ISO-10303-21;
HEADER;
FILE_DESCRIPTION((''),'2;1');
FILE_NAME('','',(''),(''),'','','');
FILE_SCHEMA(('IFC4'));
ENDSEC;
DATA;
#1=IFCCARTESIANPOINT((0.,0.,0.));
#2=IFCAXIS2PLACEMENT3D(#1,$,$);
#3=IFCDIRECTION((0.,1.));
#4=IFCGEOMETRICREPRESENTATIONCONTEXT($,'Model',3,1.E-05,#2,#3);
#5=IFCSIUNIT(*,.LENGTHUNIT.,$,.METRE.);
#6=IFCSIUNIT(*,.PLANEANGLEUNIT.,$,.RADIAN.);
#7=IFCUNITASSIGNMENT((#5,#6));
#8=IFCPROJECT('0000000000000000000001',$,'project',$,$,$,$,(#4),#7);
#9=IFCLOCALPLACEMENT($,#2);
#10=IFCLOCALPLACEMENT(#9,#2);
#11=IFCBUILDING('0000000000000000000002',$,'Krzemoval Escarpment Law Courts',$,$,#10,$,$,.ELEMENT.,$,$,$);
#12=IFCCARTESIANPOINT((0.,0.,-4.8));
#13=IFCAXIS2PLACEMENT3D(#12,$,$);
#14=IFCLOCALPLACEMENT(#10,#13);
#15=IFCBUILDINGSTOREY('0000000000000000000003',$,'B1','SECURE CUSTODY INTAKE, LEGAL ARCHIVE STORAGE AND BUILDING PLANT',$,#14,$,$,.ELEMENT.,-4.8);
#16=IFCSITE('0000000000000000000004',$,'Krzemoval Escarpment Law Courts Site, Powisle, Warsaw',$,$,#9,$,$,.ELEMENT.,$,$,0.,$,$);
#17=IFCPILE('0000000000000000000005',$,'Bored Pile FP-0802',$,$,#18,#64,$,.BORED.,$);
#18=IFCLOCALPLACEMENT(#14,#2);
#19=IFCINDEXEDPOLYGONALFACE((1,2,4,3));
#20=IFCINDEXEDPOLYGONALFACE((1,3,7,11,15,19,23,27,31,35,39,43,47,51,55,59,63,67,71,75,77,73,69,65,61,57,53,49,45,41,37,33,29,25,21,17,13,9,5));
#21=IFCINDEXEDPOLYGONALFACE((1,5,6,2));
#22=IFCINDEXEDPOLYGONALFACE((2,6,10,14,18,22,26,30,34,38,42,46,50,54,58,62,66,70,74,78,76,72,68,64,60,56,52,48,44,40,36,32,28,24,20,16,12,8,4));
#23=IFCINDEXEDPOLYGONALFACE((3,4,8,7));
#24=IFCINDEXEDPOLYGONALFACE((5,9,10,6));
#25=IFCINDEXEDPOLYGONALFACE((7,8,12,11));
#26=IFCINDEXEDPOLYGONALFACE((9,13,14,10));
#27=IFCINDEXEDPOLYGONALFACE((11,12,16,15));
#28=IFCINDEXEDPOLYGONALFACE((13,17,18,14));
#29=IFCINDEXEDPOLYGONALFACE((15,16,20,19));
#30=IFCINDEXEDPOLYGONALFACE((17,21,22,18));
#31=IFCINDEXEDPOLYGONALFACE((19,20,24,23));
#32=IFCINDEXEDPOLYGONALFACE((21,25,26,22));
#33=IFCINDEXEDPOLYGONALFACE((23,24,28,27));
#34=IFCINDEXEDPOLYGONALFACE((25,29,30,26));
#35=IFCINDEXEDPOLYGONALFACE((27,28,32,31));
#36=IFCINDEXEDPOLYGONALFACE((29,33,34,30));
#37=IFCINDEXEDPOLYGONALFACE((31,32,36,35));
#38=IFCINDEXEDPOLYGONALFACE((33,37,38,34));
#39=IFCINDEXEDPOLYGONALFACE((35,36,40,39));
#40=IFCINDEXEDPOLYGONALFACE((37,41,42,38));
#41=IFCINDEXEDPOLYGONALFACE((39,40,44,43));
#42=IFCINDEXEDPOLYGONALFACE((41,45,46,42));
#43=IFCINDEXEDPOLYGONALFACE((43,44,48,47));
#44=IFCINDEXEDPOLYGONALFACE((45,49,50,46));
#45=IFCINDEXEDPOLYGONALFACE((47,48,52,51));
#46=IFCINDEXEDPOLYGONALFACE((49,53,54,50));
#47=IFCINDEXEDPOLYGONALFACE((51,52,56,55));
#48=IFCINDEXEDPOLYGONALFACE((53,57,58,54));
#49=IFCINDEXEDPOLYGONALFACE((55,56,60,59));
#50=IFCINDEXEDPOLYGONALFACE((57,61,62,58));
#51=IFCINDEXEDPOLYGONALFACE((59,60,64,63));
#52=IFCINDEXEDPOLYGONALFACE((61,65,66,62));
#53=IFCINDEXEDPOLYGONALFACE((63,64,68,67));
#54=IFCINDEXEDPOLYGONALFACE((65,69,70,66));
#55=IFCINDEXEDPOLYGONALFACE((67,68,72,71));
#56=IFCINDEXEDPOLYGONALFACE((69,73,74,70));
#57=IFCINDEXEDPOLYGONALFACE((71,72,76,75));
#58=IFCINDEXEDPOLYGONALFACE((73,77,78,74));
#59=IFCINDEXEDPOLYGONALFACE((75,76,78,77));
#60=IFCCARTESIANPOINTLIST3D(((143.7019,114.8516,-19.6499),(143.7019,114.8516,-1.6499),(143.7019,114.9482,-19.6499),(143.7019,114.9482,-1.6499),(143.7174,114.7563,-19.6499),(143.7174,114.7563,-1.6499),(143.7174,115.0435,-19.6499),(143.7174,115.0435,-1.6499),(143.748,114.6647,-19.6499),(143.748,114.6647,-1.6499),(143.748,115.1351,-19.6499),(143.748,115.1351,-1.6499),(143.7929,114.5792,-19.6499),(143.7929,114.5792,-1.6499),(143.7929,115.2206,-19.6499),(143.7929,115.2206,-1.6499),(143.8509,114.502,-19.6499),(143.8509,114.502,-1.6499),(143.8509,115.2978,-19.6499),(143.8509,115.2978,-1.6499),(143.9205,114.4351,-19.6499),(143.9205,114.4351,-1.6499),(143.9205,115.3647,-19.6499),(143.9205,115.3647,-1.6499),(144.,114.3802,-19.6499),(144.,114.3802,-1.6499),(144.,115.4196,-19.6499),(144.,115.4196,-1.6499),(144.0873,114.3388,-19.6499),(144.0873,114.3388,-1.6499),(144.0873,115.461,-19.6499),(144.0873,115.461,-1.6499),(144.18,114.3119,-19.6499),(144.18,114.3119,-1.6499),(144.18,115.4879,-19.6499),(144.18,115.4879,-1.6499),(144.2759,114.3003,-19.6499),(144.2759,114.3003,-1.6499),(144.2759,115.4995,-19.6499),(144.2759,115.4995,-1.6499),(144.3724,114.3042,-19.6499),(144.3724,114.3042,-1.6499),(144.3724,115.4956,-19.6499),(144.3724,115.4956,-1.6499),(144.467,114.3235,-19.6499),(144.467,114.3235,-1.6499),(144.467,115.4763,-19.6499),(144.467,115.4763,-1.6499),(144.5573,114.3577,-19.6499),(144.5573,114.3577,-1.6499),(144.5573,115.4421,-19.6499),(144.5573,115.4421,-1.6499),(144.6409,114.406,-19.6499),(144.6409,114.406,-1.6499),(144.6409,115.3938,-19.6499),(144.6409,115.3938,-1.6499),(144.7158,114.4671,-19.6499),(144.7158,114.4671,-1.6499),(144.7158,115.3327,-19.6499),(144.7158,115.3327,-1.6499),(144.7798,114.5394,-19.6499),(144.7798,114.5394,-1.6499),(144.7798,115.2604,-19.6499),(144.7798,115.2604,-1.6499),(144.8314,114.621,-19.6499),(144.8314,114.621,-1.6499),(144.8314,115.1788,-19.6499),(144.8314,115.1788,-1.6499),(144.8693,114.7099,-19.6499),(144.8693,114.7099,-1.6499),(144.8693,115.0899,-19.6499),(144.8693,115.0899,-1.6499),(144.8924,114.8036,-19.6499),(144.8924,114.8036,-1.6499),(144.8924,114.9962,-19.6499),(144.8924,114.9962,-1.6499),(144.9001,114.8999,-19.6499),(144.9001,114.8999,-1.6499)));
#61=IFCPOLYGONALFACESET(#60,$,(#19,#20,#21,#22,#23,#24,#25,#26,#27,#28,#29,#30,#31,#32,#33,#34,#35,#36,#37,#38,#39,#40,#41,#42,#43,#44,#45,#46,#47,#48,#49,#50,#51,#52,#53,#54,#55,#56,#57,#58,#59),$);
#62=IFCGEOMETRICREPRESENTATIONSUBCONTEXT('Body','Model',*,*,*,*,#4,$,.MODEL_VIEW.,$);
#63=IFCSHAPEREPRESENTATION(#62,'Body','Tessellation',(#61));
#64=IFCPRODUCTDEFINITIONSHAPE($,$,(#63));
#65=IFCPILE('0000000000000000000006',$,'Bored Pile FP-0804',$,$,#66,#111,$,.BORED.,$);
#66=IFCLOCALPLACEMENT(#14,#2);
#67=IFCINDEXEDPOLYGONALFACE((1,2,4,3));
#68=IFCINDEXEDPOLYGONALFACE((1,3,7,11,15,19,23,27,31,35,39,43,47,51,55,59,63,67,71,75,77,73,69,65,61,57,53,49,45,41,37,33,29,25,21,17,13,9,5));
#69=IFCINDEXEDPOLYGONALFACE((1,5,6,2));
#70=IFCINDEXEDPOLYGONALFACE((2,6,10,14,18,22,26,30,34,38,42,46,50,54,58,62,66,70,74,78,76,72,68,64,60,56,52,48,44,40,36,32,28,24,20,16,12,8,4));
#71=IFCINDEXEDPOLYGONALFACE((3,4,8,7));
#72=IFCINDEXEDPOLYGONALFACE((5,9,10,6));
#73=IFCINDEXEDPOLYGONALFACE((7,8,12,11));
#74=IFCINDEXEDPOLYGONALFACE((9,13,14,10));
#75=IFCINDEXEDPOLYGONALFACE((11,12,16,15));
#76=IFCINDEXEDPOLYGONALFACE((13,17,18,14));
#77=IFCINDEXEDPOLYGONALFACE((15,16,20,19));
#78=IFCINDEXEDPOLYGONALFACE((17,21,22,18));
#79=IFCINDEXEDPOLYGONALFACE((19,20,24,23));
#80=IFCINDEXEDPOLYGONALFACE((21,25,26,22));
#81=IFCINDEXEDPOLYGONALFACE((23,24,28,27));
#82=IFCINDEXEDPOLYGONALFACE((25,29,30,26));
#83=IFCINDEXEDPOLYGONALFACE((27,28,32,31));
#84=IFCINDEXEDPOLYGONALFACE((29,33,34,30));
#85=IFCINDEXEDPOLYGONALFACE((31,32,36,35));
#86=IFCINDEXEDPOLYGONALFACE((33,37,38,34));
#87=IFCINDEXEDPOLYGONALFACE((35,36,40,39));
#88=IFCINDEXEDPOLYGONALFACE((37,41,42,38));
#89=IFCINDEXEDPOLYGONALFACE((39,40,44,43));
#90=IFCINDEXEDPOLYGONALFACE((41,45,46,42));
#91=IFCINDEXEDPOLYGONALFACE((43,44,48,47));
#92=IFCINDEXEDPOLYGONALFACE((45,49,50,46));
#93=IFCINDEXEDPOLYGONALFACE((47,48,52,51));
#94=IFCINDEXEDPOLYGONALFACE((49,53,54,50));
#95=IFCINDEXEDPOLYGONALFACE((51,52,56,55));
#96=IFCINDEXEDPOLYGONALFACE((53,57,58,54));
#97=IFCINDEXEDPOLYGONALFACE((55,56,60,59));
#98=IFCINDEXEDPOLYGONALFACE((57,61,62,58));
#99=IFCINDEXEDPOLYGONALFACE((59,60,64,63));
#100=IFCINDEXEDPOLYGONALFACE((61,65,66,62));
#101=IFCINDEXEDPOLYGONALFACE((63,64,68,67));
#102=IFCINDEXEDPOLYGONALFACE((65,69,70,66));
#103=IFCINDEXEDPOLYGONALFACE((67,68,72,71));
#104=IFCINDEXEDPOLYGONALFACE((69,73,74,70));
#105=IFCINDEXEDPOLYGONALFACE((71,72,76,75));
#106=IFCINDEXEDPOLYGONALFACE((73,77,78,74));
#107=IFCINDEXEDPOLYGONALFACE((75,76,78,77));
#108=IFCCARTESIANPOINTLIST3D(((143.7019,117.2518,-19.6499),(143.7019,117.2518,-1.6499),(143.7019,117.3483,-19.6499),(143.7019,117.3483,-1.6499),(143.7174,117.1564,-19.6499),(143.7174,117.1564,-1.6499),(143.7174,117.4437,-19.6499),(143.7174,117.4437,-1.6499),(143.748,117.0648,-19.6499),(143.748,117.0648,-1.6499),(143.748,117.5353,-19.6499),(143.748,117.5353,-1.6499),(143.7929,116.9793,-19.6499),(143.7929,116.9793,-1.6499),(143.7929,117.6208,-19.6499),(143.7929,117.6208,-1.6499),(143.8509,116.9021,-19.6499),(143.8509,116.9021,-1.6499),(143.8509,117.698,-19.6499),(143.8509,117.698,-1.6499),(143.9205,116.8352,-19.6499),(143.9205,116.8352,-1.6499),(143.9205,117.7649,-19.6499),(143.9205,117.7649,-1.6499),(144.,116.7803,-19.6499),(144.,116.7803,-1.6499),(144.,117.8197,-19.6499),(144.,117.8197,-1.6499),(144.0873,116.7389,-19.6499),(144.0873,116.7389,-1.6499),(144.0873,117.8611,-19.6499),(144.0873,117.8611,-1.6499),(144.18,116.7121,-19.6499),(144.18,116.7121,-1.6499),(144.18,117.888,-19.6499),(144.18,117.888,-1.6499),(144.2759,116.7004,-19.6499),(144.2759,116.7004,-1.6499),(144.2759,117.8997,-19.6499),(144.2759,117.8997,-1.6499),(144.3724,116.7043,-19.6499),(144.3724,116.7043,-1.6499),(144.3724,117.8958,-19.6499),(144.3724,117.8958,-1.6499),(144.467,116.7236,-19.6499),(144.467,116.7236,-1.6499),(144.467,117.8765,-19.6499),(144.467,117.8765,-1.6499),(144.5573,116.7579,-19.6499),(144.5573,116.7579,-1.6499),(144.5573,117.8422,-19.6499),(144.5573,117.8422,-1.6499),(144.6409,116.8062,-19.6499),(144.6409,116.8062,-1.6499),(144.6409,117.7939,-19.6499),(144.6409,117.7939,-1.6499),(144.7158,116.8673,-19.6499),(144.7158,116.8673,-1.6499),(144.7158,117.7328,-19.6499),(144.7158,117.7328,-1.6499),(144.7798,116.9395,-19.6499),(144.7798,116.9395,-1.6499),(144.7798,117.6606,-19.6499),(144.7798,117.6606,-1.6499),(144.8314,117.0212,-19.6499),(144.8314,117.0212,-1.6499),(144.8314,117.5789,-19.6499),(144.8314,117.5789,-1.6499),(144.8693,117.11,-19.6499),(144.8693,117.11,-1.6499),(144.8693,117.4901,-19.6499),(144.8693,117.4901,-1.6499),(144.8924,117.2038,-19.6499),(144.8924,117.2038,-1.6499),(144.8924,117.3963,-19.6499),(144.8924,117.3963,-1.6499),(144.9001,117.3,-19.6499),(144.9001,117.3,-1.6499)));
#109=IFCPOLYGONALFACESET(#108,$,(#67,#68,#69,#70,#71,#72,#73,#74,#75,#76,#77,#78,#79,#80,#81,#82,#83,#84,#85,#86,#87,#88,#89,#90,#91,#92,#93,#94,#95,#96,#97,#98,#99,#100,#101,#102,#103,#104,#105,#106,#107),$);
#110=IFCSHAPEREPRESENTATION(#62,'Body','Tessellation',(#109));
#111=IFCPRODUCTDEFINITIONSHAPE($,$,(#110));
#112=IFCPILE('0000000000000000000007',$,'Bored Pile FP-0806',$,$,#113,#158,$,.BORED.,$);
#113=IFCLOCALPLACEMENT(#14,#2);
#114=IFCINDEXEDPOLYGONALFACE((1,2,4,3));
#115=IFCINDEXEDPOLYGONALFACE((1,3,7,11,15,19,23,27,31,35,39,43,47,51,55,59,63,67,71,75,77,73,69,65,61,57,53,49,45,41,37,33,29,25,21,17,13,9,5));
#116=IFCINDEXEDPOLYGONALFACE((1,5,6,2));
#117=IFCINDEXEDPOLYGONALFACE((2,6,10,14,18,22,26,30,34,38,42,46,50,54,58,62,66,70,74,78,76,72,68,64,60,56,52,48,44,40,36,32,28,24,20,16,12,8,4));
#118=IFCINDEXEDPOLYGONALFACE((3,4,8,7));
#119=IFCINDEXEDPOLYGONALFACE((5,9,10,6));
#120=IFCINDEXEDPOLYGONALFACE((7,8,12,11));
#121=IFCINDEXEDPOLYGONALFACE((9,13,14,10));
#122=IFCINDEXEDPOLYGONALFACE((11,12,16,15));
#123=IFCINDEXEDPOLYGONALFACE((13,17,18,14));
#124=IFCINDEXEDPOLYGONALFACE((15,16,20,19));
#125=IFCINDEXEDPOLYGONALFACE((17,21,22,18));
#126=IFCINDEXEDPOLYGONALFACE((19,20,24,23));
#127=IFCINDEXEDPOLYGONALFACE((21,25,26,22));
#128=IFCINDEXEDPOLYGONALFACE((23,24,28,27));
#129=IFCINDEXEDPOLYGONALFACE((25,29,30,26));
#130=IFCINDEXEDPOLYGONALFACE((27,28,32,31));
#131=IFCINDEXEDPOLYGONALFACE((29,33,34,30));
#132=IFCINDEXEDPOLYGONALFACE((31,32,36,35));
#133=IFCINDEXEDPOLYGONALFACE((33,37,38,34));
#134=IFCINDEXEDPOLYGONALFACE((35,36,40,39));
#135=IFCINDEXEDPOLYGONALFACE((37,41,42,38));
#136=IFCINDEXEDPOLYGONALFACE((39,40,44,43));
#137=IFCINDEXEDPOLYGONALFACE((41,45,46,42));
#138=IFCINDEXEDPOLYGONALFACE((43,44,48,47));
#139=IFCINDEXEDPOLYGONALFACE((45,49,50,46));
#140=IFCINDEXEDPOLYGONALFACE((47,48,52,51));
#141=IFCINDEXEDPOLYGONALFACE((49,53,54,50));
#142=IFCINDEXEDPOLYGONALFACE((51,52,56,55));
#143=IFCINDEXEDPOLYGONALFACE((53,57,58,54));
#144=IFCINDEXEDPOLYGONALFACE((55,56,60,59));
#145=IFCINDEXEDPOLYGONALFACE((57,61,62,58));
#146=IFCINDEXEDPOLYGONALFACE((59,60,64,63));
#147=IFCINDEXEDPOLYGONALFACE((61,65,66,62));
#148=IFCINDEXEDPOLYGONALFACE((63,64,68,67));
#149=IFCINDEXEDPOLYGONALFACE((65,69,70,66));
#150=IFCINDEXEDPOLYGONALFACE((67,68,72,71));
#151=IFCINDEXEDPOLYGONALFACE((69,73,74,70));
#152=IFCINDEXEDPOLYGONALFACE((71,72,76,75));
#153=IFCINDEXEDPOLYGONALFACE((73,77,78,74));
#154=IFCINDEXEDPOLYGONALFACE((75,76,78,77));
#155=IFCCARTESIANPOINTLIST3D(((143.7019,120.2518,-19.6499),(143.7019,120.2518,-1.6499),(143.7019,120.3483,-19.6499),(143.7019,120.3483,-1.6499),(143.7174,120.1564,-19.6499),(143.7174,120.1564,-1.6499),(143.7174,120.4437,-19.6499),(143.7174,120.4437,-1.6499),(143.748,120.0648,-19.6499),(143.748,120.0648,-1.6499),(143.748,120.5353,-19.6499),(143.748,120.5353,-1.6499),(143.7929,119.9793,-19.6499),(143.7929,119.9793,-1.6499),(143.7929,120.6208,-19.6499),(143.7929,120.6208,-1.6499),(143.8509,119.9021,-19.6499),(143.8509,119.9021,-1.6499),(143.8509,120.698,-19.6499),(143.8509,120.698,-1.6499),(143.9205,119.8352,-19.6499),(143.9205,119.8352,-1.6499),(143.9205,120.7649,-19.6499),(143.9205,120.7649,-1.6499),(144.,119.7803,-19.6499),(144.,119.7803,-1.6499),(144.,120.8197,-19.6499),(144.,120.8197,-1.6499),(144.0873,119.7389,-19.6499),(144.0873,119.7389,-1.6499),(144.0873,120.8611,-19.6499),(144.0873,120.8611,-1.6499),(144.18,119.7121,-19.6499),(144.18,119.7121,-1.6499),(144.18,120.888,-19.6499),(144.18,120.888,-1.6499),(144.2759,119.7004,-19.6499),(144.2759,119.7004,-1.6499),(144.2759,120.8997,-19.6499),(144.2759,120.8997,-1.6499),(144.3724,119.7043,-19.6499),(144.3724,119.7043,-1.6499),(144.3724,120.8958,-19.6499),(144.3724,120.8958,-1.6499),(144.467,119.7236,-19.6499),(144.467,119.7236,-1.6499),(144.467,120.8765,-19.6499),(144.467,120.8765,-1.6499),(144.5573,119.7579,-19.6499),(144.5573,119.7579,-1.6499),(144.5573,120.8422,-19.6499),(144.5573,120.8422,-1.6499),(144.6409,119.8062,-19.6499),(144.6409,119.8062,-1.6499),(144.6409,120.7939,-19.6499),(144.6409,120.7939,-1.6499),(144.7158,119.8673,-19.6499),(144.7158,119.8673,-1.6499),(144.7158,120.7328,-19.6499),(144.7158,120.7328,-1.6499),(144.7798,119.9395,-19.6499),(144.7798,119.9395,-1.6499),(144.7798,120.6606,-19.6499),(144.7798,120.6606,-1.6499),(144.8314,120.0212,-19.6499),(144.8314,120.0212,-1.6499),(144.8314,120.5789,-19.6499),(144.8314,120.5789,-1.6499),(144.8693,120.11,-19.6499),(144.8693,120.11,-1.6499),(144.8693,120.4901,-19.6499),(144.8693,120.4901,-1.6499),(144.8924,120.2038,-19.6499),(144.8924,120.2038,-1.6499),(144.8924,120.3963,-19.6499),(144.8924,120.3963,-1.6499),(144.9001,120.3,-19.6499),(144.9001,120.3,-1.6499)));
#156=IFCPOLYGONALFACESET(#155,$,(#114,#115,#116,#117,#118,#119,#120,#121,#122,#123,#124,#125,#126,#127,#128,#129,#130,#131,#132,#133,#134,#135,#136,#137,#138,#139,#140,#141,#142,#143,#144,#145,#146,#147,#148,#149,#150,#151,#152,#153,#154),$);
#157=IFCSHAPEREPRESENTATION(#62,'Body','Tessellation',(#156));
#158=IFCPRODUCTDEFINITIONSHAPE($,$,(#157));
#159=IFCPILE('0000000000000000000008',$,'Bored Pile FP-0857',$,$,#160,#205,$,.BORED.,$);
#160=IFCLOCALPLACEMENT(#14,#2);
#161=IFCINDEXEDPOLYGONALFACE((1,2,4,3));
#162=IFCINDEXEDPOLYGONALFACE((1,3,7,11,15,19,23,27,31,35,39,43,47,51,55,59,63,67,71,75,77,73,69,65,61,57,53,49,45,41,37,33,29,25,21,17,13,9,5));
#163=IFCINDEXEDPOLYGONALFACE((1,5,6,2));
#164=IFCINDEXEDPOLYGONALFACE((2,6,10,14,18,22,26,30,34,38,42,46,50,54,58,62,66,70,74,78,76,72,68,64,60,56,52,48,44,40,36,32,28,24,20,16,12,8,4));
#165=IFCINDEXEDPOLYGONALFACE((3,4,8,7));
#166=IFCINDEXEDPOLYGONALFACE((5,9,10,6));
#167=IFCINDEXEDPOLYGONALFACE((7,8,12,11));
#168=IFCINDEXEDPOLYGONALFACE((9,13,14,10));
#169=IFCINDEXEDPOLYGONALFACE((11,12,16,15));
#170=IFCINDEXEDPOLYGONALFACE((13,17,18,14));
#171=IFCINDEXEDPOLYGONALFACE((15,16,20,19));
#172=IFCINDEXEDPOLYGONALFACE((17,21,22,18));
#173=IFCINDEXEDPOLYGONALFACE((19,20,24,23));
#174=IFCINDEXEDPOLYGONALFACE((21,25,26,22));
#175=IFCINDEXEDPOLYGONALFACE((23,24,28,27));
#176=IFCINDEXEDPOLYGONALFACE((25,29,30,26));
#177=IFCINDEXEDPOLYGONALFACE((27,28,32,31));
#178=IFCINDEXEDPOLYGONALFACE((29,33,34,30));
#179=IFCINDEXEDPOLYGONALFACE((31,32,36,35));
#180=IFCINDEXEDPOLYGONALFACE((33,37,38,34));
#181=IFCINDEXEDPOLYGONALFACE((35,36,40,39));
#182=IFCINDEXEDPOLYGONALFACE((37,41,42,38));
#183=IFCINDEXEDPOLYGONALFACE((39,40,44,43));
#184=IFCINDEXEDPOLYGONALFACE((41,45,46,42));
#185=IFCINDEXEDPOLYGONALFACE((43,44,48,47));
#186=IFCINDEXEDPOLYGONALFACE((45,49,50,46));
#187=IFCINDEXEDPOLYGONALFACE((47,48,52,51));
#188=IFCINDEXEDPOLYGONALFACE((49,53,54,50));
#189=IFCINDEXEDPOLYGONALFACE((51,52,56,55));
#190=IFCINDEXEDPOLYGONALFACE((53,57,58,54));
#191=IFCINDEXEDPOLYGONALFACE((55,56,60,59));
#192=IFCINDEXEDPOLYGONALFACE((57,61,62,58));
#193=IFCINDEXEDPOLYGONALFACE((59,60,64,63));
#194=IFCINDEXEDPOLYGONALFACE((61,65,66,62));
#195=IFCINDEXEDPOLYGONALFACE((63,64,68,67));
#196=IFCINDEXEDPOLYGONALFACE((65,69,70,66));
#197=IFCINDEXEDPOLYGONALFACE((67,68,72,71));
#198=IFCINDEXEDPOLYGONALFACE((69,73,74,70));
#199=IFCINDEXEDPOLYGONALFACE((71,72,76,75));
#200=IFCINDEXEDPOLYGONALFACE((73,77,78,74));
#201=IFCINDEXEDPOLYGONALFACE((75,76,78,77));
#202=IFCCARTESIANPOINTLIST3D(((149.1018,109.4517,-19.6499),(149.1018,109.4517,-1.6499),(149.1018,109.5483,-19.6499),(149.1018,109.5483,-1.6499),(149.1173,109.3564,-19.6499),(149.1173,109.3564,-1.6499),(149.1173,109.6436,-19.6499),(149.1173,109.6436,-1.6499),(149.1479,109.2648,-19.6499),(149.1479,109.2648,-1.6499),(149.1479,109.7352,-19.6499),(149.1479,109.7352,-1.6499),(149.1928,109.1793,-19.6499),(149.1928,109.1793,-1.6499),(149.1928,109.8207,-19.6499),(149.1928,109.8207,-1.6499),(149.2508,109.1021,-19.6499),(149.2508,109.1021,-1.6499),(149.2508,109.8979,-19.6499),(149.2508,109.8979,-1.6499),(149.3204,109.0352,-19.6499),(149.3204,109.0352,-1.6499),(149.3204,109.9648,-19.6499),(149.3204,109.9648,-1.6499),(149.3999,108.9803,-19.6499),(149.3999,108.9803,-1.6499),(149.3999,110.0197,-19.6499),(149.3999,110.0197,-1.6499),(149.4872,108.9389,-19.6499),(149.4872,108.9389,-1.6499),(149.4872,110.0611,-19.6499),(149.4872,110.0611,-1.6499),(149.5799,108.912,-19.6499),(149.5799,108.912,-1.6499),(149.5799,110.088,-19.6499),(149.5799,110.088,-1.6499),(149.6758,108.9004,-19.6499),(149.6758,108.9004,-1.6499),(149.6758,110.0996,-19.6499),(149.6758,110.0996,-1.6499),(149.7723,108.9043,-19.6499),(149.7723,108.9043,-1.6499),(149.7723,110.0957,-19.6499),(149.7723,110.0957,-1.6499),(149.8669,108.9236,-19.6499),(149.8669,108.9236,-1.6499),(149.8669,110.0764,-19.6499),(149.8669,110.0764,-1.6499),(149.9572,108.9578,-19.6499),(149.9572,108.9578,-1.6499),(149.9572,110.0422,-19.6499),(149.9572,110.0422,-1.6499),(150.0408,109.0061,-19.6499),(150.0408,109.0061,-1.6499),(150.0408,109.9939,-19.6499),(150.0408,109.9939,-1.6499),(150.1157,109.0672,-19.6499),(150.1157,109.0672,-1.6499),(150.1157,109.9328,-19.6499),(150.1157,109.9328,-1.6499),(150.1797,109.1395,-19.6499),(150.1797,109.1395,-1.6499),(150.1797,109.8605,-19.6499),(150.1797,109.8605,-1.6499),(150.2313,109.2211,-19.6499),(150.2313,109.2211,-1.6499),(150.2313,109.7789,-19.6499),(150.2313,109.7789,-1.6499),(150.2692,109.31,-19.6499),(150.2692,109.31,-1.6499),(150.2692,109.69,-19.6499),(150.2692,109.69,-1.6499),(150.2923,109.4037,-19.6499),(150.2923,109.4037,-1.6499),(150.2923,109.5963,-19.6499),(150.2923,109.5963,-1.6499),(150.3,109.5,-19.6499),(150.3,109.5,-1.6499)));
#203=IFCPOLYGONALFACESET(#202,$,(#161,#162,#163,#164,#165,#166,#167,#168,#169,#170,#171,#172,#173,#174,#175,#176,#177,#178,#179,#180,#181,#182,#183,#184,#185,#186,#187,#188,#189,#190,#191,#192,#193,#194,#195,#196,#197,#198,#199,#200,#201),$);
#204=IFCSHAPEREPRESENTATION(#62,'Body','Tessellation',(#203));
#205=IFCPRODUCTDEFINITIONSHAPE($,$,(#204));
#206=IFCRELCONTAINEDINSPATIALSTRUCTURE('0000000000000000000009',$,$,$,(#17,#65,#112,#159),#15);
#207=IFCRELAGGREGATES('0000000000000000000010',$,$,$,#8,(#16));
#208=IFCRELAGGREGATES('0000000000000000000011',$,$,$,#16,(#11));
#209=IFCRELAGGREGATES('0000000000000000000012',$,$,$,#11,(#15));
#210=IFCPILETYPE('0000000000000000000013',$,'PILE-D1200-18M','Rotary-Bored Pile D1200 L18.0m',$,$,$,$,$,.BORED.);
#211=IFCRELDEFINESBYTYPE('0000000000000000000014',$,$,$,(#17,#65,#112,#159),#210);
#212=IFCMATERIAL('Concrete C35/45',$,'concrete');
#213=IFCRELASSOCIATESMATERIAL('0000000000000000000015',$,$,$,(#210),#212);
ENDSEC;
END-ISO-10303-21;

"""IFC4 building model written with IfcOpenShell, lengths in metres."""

from ifc_helpers import new_model, si_unit, direction, frame, origin, origin_2d, place, context, subcontext, project, spatial, circle, extrude, material, material_profile, profile_set, type_object, element, save


model = new_model("IFC4")

# Units and contexts
model_context = context("Model", 3, precision=1e-05, world=origin(), true_north=direction((0.0, 1.0)))
body_context = subcontext(model_context, "Body", "Model", "MODEL_VIEW")
ifc_project = project(units=[si_unit("LENGTHUNIT", "METRE"), si_unit("PLANEANGLEUNIT", "RADIAN")], contexts=[model_context])

# Site, building, storey
site_placement = place(None, origin())
site = spatial("IfcSite", under=ifc_project, at=site_placement, Name="Krzemoval Escarpment Law Courts Site, Powisle, Warsaw", CompositionType="ELEMENT", RefElevation=0.0)
building_placement = place(site_placement, origin())
building = spatial("IfcBuilding", under=site, at=building_placement, Name="Krzemoval Escarpment Law Courts", CompositionType="ELEMENT")
storey_placement = place(building_placement, frame((0.0, 0.0, -4.8)))
storey = spatial("IfcBuildingStorey", under=building, at=storey_placement, Name="B1", Description="SECURE CUSTODY INTAKE, LEGAL ARCHIVE STORAGE AND BUILDING PLANT", CompositionType="ELEMENT", Elevation=-4.8)

# Piles
ifc_material_1 = material(Name="Concrete C35/45", Category="concrete")
ifc_material_profile_1 = material_profile(ifc_material_1, circle(Radius=0.6001, at=origin_2d()), Name="PILE D1200")
ifc_profile_set_1 = profile_set([ifc_material_profile_1], Name="Concrete C35/45")
pile_type = type_object("IfcPileType", Name="PILE-D1200-18M", Description="Rotary-Bored Pile D1200 L18.0m", PredefinedType="BORED", material=ifc_profile_set_1)
for number, where, z_axis, x_axis, name in (
    (1, (144.3, 114.8999, -1.6499), (0.0, 0.0, -1.0), (1.0, 0.0, 0.0), "Bored Pile FP-0802"),
    (2, (144.3, 117.3, -1.6499), (0.0, 0.0, -1.0), (1.0, 0.0, 0.0), "Bored Pile FP-0804"),
    (3, (144.3, 120.3, -1.6499), (0.0, 0.0, -1.0), (1.0, 0.0, 0.0), "Bored Pile FP-0806"),
    (4, (149.7, 109.5, -1.6499), (0.0, 0.0, -1.0), (1.0, 0.0, 0.0), "Bored Pile FP-0857"),
):
    element("IfcPile", number, at=place(storey_placement, frame(where, z_axis=z_axis, x_axis=x_axis)), inside=storey, type_object=pile_type, Name=name, PredefinedType="BORED", context=body_context, shape_type="SweptSolid", body=[
        extrude(circle(Radius=0.6001, at=origin_2d()), origin(), (0.0, 0.0, 1.0), 18.0),
    ])

save(model, "model.ifc")
